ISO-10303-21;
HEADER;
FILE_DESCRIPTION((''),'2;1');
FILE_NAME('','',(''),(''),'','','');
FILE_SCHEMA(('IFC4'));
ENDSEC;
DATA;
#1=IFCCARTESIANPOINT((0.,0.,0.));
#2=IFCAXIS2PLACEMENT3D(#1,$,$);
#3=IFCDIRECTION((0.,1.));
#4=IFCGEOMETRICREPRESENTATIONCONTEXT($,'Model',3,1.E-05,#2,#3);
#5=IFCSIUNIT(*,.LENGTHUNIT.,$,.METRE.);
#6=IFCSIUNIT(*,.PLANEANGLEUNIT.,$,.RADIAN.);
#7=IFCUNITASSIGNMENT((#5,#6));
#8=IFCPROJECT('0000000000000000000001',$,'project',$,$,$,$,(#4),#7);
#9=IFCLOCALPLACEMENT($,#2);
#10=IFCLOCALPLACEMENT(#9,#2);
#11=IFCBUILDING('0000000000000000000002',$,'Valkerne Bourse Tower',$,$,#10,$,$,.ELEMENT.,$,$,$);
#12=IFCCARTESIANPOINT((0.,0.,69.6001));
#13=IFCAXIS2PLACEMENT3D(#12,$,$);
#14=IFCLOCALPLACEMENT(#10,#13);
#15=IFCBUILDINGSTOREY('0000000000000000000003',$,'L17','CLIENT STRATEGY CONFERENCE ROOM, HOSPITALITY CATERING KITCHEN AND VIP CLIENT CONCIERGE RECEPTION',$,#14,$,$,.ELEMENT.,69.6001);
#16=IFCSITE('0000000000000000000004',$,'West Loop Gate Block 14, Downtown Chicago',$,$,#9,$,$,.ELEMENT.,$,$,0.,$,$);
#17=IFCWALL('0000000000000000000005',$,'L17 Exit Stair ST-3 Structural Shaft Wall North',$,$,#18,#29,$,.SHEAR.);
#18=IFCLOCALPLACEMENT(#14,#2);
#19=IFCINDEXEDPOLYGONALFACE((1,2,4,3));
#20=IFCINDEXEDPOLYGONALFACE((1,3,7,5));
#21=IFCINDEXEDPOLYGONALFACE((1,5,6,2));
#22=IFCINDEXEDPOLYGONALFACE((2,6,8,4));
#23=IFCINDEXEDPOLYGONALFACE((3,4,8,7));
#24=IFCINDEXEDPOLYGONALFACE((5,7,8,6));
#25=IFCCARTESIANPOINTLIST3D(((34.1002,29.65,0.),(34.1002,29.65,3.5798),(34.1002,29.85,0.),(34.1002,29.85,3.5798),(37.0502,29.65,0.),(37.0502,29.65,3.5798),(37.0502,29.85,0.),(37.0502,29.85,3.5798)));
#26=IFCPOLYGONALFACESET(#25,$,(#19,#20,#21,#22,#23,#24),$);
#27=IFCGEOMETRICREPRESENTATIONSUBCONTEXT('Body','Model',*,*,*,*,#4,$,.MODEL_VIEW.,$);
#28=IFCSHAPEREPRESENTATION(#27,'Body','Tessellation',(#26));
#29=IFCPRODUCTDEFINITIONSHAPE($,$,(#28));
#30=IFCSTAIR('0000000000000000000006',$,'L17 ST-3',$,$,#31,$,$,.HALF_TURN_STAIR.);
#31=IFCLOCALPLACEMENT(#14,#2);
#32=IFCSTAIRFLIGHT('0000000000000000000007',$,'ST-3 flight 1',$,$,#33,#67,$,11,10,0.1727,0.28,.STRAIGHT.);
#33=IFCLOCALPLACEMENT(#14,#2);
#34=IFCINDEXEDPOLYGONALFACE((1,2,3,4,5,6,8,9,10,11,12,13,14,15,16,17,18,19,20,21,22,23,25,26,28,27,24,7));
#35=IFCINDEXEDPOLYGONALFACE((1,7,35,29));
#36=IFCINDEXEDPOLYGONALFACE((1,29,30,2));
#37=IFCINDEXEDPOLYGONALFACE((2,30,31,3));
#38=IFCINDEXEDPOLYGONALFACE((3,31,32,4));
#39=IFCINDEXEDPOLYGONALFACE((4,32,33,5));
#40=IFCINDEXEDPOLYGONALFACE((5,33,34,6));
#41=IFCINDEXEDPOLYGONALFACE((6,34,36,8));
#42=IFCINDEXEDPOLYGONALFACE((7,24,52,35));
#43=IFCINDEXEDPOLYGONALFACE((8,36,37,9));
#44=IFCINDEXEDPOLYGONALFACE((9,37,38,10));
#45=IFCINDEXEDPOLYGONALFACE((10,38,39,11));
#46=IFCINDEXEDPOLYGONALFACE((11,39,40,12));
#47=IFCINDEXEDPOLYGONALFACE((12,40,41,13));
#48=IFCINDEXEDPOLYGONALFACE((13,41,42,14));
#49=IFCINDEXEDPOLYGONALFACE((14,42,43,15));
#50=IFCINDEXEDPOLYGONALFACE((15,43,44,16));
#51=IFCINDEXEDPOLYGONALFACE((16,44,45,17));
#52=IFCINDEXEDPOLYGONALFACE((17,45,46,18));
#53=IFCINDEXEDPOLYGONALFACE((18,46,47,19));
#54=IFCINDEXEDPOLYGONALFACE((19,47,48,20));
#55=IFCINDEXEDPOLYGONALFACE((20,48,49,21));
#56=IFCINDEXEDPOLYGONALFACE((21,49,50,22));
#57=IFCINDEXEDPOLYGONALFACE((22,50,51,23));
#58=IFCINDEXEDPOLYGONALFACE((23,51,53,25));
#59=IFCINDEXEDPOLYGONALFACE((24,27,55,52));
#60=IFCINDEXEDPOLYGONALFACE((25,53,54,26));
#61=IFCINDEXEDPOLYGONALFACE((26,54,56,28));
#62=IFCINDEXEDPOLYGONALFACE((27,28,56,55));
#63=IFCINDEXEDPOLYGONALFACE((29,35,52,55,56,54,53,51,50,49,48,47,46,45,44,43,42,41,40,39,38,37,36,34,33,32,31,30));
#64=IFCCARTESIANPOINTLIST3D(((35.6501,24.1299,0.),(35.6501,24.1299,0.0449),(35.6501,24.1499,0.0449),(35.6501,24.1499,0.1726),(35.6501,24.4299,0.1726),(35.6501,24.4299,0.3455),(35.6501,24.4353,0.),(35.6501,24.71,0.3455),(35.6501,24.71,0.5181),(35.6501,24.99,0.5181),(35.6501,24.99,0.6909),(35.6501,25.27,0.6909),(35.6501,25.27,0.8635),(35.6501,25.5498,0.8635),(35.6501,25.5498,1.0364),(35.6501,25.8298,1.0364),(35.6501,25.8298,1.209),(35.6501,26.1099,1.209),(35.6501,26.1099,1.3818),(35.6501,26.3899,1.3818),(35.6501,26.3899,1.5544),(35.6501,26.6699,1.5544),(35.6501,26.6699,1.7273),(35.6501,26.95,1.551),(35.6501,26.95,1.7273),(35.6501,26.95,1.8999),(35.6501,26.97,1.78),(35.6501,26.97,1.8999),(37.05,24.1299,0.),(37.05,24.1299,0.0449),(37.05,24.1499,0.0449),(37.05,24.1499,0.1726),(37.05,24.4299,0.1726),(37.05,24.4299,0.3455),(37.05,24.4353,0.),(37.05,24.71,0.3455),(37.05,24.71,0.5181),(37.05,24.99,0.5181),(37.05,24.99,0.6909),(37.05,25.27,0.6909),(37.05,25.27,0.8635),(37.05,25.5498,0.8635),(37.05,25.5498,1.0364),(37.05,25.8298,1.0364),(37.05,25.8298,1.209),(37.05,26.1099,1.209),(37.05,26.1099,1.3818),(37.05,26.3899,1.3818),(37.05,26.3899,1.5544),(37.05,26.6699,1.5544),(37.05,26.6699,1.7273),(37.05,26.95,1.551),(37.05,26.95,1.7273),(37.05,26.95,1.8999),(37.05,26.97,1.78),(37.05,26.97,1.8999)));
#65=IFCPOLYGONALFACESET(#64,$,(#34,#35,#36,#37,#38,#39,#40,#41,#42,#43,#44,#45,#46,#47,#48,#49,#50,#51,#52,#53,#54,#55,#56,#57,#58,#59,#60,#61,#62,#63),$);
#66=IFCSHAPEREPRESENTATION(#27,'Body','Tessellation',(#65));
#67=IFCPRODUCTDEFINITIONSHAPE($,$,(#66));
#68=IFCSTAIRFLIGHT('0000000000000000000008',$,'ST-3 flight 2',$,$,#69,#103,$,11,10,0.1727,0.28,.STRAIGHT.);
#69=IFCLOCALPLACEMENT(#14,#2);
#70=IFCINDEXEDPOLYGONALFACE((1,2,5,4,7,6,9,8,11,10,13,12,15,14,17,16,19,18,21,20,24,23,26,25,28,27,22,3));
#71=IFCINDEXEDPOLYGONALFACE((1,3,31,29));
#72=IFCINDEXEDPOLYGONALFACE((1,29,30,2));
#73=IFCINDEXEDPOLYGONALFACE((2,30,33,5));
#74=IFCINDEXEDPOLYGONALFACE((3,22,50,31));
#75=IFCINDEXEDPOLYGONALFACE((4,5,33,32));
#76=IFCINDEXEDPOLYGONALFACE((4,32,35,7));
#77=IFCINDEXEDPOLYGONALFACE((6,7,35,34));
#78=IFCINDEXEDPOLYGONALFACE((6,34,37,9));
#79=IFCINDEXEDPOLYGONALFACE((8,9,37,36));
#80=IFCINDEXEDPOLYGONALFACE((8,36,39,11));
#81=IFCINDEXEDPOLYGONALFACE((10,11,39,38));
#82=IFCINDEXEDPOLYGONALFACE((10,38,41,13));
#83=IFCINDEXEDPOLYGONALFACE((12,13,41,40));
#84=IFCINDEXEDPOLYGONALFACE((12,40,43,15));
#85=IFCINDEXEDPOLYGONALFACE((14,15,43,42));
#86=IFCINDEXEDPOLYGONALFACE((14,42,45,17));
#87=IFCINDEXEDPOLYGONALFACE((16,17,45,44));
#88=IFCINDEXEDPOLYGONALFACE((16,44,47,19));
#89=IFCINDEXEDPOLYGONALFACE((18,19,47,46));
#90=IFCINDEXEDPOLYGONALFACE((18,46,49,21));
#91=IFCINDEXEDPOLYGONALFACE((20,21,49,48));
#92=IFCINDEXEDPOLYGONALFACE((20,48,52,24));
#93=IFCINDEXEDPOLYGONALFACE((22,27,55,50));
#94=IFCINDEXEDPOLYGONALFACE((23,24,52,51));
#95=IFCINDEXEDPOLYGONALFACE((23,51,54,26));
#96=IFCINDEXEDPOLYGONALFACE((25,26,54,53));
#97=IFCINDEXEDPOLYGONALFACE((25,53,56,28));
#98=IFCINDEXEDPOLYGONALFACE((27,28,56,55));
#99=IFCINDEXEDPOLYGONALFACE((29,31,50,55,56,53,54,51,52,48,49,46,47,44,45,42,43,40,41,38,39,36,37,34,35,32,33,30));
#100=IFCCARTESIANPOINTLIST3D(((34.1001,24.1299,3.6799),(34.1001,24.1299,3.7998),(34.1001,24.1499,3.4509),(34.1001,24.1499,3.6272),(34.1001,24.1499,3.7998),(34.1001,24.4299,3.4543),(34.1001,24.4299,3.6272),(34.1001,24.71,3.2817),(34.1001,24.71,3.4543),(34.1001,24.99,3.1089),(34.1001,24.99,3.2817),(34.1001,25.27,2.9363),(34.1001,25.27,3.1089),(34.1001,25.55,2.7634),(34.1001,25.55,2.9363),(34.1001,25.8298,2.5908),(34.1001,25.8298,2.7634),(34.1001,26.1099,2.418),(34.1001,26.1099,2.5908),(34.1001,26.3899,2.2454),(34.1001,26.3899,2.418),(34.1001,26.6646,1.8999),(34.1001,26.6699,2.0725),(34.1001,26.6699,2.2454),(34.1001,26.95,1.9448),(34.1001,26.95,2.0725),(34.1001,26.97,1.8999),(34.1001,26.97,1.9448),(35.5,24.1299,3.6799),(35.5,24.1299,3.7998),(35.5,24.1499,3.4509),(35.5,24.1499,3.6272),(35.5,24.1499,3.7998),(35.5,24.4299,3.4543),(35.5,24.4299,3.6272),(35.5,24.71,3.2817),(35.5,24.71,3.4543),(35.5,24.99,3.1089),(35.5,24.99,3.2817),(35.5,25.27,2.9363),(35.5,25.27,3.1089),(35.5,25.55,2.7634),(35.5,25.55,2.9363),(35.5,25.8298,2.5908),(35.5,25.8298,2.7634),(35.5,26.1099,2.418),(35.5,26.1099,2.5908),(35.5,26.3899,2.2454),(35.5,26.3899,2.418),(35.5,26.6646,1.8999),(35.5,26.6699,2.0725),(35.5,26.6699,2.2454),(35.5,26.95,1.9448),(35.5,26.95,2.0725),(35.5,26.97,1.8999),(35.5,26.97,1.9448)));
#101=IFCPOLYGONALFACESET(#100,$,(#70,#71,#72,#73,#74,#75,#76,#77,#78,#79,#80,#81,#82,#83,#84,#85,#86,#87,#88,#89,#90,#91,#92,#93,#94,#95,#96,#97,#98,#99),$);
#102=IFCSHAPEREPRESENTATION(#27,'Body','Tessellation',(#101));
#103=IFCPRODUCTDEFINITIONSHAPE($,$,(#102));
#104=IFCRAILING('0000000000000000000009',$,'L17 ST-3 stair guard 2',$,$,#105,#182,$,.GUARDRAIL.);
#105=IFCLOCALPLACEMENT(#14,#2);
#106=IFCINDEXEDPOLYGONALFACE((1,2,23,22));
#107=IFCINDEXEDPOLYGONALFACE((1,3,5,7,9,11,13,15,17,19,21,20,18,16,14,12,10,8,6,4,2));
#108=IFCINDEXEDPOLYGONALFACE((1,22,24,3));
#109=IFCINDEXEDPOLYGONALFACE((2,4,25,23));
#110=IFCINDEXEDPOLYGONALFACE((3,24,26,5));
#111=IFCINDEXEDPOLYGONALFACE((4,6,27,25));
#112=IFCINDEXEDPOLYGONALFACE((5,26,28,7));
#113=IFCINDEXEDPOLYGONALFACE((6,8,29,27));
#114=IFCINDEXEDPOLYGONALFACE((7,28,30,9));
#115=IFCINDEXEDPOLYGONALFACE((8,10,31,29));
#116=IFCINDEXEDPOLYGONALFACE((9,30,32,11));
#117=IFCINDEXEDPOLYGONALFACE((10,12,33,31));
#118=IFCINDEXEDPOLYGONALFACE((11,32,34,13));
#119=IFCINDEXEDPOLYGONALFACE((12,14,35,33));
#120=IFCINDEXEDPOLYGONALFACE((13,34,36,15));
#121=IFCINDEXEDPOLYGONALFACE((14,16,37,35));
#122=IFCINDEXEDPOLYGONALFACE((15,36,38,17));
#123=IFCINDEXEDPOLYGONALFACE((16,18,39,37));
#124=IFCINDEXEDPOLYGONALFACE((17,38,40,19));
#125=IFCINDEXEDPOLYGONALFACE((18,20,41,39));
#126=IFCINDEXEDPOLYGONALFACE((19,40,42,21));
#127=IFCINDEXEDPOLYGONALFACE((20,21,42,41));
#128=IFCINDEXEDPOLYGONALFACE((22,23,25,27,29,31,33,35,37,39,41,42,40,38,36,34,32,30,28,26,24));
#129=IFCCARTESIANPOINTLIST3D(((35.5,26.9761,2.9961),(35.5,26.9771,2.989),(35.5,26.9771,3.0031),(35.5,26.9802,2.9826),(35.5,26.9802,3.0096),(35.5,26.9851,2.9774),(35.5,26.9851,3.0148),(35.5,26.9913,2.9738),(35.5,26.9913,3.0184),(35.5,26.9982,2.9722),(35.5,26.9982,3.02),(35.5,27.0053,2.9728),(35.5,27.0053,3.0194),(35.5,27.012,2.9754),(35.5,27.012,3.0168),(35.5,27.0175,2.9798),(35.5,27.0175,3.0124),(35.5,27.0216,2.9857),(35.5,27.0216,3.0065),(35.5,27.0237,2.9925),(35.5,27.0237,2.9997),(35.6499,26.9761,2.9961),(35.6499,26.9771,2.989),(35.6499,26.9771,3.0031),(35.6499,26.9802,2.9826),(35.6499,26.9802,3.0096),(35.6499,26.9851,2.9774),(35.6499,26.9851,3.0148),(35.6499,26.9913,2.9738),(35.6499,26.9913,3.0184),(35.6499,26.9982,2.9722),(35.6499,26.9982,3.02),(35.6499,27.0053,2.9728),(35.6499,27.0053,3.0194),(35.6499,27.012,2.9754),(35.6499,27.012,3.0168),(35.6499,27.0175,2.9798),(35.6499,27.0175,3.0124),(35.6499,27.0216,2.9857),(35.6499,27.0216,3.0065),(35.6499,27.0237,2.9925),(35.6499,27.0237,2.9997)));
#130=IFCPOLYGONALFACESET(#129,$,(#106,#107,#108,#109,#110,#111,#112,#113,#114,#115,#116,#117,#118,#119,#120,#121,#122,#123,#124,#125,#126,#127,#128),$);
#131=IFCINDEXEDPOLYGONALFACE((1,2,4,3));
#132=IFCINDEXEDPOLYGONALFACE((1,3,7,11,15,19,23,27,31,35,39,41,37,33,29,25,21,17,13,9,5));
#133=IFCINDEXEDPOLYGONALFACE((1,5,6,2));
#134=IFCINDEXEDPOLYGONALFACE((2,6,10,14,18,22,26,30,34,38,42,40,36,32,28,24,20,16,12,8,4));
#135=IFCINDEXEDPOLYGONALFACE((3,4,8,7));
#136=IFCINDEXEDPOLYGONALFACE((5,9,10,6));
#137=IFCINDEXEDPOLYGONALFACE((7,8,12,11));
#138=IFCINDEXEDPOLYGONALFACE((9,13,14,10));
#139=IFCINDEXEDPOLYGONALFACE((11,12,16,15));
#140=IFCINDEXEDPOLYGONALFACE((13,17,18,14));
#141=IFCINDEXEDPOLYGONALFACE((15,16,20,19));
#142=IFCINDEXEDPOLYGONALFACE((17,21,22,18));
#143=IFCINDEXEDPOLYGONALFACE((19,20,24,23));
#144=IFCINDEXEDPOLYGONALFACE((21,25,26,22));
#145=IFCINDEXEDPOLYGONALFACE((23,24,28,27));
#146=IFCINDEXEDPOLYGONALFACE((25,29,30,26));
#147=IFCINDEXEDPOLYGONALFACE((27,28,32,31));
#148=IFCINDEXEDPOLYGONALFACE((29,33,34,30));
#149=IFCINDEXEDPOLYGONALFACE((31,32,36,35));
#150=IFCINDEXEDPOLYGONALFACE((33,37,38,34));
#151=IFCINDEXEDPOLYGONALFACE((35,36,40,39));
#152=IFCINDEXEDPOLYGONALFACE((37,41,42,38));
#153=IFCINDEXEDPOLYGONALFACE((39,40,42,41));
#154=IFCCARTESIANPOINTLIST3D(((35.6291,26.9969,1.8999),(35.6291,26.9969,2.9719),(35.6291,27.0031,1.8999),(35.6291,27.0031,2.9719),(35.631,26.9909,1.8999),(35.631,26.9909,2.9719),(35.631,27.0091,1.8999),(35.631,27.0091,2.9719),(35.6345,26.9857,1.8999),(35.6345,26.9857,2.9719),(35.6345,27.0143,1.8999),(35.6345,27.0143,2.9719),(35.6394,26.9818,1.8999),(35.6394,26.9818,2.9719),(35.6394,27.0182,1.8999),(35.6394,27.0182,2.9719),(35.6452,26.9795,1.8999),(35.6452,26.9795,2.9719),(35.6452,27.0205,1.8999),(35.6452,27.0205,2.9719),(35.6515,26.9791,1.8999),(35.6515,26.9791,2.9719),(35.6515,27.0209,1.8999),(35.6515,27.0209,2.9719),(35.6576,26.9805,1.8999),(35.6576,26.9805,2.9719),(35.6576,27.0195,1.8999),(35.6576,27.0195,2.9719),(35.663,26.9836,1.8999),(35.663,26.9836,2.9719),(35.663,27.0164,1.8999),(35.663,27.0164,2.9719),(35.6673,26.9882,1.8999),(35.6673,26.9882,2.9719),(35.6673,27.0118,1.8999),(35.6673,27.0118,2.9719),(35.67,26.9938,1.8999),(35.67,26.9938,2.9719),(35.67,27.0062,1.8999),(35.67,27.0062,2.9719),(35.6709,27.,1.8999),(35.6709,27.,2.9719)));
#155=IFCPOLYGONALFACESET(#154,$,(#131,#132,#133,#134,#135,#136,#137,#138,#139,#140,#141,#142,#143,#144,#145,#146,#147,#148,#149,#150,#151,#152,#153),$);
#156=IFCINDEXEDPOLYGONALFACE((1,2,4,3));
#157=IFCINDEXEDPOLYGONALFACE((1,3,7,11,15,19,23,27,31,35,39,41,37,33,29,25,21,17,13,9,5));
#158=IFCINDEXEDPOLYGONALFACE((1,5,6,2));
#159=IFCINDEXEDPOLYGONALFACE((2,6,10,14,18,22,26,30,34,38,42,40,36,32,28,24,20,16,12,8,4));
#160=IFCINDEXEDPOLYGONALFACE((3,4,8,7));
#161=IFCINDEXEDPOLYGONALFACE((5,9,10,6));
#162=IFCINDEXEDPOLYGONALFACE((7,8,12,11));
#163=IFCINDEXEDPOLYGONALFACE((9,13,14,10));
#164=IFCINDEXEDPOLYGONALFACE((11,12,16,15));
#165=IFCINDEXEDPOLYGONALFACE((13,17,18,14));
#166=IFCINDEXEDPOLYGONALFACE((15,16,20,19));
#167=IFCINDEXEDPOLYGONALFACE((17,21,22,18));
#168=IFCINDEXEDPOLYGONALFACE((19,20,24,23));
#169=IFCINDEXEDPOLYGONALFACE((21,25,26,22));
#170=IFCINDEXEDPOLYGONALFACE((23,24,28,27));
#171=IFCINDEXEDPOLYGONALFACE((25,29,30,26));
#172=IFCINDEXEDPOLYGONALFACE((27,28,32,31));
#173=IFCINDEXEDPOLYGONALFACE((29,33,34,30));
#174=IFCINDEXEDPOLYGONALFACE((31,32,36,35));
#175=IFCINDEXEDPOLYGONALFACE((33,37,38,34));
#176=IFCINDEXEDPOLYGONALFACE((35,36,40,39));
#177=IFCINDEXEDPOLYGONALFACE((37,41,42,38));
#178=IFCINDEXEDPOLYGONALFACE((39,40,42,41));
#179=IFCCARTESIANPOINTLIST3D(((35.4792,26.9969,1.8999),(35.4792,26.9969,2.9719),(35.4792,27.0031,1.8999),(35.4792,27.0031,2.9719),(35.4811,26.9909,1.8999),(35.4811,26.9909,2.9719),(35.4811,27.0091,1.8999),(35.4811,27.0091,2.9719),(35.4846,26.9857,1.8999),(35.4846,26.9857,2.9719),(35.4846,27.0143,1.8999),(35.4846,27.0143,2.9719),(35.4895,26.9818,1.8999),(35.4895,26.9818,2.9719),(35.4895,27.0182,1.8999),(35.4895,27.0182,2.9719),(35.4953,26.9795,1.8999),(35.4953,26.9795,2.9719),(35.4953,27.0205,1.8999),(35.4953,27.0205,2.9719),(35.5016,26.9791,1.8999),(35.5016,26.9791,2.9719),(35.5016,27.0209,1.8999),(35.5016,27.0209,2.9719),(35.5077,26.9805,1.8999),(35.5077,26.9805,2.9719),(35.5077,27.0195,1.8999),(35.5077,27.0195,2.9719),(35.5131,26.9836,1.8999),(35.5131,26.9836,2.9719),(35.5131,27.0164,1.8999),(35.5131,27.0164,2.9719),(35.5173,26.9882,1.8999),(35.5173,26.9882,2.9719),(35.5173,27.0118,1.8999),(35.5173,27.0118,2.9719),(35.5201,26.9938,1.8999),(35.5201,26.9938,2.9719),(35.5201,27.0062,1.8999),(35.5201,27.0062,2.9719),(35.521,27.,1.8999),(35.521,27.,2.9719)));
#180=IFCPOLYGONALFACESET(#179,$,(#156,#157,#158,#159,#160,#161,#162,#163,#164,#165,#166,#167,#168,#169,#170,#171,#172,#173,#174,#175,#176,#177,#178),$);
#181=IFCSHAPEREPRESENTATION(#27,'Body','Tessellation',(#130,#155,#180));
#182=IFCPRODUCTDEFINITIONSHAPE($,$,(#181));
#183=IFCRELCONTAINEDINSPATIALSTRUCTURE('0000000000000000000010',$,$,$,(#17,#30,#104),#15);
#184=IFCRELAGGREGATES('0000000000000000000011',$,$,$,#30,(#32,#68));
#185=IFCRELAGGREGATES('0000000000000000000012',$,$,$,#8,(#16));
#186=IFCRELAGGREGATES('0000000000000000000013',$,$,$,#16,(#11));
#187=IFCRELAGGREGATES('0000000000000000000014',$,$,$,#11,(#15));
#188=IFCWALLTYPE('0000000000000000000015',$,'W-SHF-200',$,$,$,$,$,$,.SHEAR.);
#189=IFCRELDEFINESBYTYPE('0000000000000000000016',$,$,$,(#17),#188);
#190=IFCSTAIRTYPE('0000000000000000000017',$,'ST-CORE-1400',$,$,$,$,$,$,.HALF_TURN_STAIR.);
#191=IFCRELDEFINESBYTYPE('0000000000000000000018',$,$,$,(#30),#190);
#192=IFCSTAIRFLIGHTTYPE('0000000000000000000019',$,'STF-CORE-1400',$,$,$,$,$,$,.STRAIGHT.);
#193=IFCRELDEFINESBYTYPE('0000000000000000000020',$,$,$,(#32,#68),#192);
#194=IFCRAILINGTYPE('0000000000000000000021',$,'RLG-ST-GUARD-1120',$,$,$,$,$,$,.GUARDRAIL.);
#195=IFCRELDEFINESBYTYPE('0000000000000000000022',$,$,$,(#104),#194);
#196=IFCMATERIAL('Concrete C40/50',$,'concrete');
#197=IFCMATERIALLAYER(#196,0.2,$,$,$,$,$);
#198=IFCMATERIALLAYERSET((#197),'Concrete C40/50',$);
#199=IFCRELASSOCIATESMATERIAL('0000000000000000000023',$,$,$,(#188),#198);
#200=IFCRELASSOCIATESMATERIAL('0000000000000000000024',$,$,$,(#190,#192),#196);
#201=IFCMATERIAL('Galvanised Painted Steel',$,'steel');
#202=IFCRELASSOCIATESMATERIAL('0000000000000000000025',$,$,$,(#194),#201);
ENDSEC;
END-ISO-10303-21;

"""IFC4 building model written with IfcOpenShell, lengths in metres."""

from ifc_helpers import new_model, si_unit, direction, frame, frame_2d, origin, origin_2d, place, context, subcontext, project, spatial, polyline, rectangle, circle, outline, extrude, material, layer, layer_set, type_object, element, aggregate, save


model = new_model("IFC4")

# Units and contexts
model_context = context("Model", 3, precision=1e-05, world=origin(), true_north=direction((0.0, 1.0)))
body_context = subcontext(model_context, "Body", "Model", "MODEL_VIEW")
ifc_project = project(units=[si_unit("LENGTHUNIT", "METRE"), si_unit("PLANEANGLEUNIT", "RADIAN")], contexts=[model_context])

# Site, building, storey
site_placement = place(None, origin())
site = spatial("IfcSite", under=ifc_project, at=site_placement, Name="West Loop Gate Block 14, Downtown Chicago", CompositionType="ELEMENT", RefElevation=0.0)
building_placement = place(site_placement, origin())
building = spatial("IfcBuilding", under=site, at=building_placement, Name="Valkerne Bourse Tower", CompositionType="ELEMENT")
storey_placement = place(building_placement, frame((0.0, 0.0, 69.6001)))
storey = spatial("IfcBuildingStorey", under=building, at=storey_placement, Name="L17", Description="CLIENT STRATEGY CONFERENCE ROOM, HOSPITALITY CATERING KITCHEN AND VIP CLIENT CONCIERGE RECEPTION", CompositionType="ELEMENT", Elevation=69.6001)

# Wall
ifc_material_1 = material(Name="Concrete C40/50", Category="concrete")
ifc_layer_1 = layer(ifc_material_1, 0.2)
ifc_layer_set_1 = layer_set([ifc_layer_1], Name="Concrete C40/50")
wall_type_1 = type_object("IfcWallType", Name="W-SHF-200", PredefinedType="SHEAR", material=ifc_layer_set_1)
wall_1_placement = place(storey_placement, frame((34.1001, 29.75, 0.0), z_axis=(0.0, 0.0, 1.0), x_axis=(1.0, 0.0, 0.0)))
element("IfcWall", 1, at=wall_1_placement, inside=storey, type_object=wall_type_1, Name="L17 Exit Stair ST-3 Structural Shaft Wall North", PredefinedType="SHEAR", context=body_context, shape_type="SweptSolid", body=[
    extrude(rectangle(XDim=2.95, YDim=0.2, at=frame_2d((1.4751, 0.0))), origin(), (0.0, 0.0, 1.0), 3.5798),
])

# Stair, stair flights
stair_type = type_object("IfcStairType", Name="ST-CORE-1400", PredefinedType="HALF_TURN_STAIR", material=ifc_material_1)
stair_placement = place(storey_placement, origin())
stair = element("IfcStair", 2, at=stair_placement, inside=storey, type_object=stair_type, Name="L17 ST-3", PredefinedType="HALF_TURN_STAIR")
stair_flight_type = type_object("IfcStairFlightType", Name="STF-CORE-1400", PredefinedType="STRAIGHT", material=ifc_material_1)
stair_flight_1_placement = place(storey_placement, frame((36.3501, 24.1499, 0.0), z_axis=(0.0, 0.0, 1.0), x_axis=(0.0, 1.0, 0.0)))
stair_flight_1 = element("IfcStairFlight", 3, at=stair_flight_1_placement, type_object=stair_flight_type, Name="ST-3 flight 1", NumberOfRisers=11, NumberOfTreads=10, PredefinedType="STRAIGHT", RiserHeight=0.1727, TreadLength=0.28, context=body_context, shape_type="SweptSolid", body=[
    extrude(outline(polyline([(-0.02, 0.0), (-0.02, 0.0449), (0.0, 0.0449), (0.0, 0.1726), (0.28, 0.1726), (0.28, 0.3455), (0.5601, 0.3455), (0.5601, 0.5181), (0.8401, 0.5181), (0.8401, 0.6909), (1.1201, 0.6909), (1.1201, 0.8635), (1.3999, 0.8635), (1.3999, 1.0364), (1.6799, 1.0364), (1.6799, 1.209), (1.96, 1.209), (1.96, 1.3818), (2.24, 1.3818), (2.24, 1.5544), (2.52, 1.5544), (2.52, 1.7273), (2.8, 1.7273), (2.8, 1.8999), (2.8201, 1.8999), (2.8201, 1.78), (2.8, 1.551), (0.2854, 0.0), (-0.02, 0.0)])), frame((0.0, 0.7, 0.0), z_axis=(0.0, -1.0, 0.0), x_axis=(1.0, 0.0, 0.0)), (0.0, 0.0, 1.0), 1.3999),
])
stair_flight_2_placement = place(storey_placement, frame((34.8, 26.95, 1.8999), z_axis=(0.0, 0.0, 1.0), x_axis=(0.0, -1.0, 0.0)))
stair_flight_2 = element("IfcStairFlight", 4, at=stair_flight_2_placement, type_object=stair_flight_type, Name="ST-3 flight 2", NumberOfRisers=11, NumberOfTreads=10, PredefinedType="STRAIGHT", RiserHeight=0.1727, TreadLength=0.28, context=body_context, shape_type="SweptSolid", body=[
    extrude(outline(polyline([(-0.02, 0.0), (-0.02, 0.0449), (0.0, 0.0449), (0.0, 0.1726), (0.28, 0.1726), (0.28, 0.3455), (0.5601, 0.3455), (0.5601, 0.5181), (0.8401, 0.5181), (0.8401, 0.6909), (1.1201, 0.6909), (1.1201, 0.8635), (1.3999, 0.8635), (1.3999, 1.0364), (1.6799, 1.0364), (1.6799, 1.209), (1.96, 1.209), (1.96, 1.3818), (2.24, 1.3818), (2.24, 1.5544), (2.52, 1.5544), (2.52, 1.7273), (2.8, 1.7273), (2.8, 1.8999), (2.8201, 1.8999), (2.8201, 1.78), (2.8, 1.551), (0.2854, 0.0), (-0.02, 0.0)])), frame((0.0, 0.7, 0.0), z_axis=(0.0, -1.0, 0.0), x_axis=(1.0, 0.0, 0.0)), (0.0, 0.0, 1.0), 1.3999),
])
aggregate(stair, [stair_flight_1, stair_flight_2])

# Railing
ifc_material_2 = material(Name="Galvanised Painted Steel", Category="steel")
railing_type_1 = type_object("IfcRailingType", Name="RLG-ST-GUARD-1120", PredefinedType="GUARDRAIL", material=ifc_material_2)
railing_1_placement = place(storey_placement, frame((35.6499, 27.0, 1.8999)))
element("IfcRailing", 5, at=railing_1_placement, inside=storey, type_object=railing_type_1, Name="L17 ST-3 stair guard 2", PredefinedType="GUARDRAIL", context=body_context, shape_type="SweptSolid", body=[
    extrude(circle(Radius=0.0239, at=origin_2d()), frame((0.0, 0.0, 1.0962), z_axis=(-1.0, 0.0, 0.0), x_axis=(0.0, -1.0, 0.0)), (0.0, 0.0, 1.0), 0.1499),
    extrude(circle(Radius=0.021, at=origin_2d()), origin(), (0.0, 0.0, 1.0), 1.072),
    extrude(circle(Radius=0.021, at=origin_2d()), frame((-0.1499, 0.0, 0.0)), (0.0, 0.0, 1.0), 1.072),
])

save(model, "model.ifc")
